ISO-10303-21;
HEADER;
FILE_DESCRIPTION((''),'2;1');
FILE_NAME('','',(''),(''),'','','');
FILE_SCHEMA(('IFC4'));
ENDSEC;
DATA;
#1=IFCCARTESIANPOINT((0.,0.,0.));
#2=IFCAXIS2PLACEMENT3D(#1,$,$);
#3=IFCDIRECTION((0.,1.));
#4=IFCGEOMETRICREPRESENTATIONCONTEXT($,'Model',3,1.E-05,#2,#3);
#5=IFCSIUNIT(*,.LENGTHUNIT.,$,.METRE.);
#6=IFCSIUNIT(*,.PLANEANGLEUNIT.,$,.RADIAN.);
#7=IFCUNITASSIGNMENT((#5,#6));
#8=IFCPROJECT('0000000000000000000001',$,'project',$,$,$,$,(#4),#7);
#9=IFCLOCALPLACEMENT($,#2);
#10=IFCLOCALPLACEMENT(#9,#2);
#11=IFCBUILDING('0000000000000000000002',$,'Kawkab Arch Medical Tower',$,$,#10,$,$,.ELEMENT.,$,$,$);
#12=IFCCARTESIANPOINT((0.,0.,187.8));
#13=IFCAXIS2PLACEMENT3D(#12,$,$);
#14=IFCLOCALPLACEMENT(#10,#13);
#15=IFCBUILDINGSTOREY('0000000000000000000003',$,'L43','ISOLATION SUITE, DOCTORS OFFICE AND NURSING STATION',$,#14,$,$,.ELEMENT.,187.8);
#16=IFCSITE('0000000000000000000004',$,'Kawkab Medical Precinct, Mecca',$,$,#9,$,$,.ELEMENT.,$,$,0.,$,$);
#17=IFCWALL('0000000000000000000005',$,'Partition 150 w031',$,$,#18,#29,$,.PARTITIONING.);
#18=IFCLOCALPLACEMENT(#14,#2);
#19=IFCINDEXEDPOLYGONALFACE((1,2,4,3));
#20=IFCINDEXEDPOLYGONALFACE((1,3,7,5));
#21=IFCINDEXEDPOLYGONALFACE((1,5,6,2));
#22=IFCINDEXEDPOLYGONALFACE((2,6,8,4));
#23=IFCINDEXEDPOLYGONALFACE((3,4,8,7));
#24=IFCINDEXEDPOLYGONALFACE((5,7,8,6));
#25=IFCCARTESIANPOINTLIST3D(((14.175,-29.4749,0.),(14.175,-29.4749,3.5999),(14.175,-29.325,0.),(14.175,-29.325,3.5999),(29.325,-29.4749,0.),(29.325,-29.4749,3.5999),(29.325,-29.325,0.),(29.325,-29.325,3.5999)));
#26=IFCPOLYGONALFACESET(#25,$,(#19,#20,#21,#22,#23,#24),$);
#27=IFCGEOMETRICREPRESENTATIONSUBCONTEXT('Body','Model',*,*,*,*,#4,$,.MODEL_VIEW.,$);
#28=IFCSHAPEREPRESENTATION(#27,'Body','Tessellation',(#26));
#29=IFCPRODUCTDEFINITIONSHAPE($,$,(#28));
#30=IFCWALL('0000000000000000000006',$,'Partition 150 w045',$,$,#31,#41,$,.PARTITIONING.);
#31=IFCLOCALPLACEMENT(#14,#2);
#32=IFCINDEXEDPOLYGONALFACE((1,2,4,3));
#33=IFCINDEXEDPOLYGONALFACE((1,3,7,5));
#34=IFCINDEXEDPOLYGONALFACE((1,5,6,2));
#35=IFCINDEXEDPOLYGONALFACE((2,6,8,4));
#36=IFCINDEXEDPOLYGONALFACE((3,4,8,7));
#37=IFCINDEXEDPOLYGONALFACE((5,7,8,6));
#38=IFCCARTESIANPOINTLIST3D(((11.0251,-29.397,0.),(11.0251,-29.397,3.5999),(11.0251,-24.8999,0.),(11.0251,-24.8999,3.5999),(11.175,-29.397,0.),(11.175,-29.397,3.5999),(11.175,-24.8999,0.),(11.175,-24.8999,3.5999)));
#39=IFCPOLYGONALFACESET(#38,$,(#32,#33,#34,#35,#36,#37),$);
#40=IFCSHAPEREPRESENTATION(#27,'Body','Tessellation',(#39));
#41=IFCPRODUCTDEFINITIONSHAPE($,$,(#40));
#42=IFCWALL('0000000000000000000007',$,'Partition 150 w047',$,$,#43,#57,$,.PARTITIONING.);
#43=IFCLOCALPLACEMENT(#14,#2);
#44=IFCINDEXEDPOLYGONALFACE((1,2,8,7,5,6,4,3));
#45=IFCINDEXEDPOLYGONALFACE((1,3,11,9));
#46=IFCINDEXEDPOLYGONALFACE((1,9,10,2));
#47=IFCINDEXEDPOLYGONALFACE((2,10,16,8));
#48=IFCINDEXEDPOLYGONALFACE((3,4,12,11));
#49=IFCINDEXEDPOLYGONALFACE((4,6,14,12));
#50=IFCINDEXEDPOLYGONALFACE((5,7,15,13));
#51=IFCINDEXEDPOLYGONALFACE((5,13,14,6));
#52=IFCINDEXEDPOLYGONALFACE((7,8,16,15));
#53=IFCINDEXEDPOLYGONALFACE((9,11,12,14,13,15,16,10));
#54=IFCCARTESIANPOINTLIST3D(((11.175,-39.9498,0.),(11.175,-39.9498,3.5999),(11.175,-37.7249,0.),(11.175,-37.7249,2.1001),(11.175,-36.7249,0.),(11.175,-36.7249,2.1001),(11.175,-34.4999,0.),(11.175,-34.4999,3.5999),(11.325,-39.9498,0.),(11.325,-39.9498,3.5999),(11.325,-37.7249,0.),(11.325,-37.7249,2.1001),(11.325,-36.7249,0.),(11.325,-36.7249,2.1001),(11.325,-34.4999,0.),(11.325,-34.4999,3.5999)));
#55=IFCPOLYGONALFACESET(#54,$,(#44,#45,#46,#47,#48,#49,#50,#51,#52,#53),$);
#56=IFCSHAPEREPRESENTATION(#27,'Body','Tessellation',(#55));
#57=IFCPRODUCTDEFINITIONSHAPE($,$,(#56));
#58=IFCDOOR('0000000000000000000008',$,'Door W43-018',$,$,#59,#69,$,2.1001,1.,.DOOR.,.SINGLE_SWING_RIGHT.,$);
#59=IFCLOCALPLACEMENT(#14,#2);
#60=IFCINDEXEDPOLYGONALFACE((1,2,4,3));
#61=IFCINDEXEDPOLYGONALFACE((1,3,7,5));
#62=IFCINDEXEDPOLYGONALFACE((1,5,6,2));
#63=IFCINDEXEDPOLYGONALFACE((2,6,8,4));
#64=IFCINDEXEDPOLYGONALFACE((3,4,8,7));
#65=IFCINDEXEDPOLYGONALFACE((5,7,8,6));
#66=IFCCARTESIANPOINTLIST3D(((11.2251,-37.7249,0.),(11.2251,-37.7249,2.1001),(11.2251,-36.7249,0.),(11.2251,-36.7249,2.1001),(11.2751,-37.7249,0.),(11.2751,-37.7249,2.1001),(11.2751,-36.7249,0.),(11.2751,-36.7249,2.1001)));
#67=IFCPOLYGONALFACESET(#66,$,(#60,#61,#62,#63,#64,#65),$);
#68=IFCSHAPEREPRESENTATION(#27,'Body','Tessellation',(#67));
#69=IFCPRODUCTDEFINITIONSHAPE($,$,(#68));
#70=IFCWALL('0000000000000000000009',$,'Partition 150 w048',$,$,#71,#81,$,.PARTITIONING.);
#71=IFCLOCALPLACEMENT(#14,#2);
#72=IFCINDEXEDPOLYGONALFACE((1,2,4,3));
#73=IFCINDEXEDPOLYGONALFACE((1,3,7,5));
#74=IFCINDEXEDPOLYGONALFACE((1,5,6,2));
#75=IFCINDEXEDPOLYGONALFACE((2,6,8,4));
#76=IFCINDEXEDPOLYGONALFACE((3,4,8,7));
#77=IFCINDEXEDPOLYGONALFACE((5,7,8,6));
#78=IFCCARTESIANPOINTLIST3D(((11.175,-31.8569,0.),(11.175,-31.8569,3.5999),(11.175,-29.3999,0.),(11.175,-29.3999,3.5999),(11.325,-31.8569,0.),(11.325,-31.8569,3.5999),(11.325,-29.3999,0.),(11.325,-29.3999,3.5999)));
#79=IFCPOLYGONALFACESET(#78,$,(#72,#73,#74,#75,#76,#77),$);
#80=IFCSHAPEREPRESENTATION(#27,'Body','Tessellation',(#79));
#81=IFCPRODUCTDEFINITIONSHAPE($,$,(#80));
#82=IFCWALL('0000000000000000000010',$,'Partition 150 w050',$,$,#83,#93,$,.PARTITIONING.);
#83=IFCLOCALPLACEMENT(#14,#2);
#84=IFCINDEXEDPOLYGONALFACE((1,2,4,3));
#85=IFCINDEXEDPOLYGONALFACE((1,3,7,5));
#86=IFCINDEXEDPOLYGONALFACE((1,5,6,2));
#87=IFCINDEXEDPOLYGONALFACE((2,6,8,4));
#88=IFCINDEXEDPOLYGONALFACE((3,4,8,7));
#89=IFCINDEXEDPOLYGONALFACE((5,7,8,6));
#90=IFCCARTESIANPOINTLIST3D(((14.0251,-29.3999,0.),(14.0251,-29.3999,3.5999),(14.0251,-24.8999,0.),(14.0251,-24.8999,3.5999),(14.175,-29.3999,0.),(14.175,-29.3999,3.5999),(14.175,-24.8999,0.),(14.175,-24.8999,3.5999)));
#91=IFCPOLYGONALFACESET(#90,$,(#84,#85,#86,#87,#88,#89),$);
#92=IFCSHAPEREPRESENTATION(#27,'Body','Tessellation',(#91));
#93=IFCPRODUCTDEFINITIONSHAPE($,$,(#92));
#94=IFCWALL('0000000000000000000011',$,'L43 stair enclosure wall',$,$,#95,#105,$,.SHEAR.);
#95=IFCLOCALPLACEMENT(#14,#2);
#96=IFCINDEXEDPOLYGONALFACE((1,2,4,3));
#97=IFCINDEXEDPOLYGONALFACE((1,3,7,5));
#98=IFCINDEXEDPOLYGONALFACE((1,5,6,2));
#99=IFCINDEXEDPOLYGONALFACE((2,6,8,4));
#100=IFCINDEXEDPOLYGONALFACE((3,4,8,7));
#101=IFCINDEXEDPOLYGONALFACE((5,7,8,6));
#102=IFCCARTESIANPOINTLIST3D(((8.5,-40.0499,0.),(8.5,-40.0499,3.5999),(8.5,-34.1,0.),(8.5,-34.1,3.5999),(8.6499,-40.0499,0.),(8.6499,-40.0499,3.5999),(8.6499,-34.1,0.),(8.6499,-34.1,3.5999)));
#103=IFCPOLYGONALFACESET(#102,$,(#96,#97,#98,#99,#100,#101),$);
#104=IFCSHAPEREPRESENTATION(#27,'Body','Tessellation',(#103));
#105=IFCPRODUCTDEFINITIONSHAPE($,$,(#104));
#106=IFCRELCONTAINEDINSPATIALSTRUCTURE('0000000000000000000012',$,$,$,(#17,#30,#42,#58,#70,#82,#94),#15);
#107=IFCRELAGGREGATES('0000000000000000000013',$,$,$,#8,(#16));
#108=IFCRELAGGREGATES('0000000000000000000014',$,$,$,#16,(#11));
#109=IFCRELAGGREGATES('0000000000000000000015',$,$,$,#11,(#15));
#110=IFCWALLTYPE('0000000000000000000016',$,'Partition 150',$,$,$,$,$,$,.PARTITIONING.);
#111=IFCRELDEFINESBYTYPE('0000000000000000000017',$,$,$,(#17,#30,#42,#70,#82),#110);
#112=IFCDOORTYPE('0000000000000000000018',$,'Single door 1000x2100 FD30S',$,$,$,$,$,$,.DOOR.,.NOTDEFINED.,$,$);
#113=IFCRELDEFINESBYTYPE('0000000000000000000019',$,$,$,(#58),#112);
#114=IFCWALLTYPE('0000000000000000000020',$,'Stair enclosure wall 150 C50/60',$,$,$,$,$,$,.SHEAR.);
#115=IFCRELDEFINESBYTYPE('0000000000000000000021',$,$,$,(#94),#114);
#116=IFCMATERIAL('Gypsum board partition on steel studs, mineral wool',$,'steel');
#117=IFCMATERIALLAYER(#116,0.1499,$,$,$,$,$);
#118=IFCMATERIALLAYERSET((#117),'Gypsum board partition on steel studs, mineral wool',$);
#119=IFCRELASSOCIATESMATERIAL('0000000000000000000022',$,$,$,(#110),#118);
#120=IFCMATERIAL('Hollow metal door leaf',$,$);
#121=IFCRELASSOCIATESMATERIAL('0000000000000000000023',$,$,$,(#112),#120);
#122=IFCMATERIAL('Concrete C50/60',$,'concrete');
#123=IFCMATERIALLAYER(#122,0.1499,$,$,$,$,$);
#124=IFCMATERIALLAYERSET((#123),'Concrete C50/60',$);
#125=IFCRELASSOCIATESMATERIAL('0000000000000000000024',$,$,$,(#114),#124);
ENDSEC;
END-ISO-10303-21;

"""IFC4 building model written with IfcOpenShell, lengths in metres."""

from ifc_helpers import new_model, si_unit, direction, frame, frame_2d, origin, place, context, subcontext, project, spatial, rectangle, extrude, material, layer, layer_set, type_object, element, fill, save


model = new_model("IFC4")

# Units and contexts
model_context = context("Model", 3, precision=1e-05, world=origin(), true_north=direction((0.0, 1.0)))
body_context = subcontext(model_context, "Body", "Model", "MODEL_VIEW")
ifc_project = project(units=[si_unit("LENGTHUNIT", "METRE"), si_unit("PLANEANGLEUNIT", "RADIAN")], contexts=[model_context])

# Site, building, storey
site_placement = place(None, origin())
site = spatial("IfcSite", under=ifc_project, at=site_placement, Name="Kawkab Medical Precinct, Mecca", CompositionType="ELEMENT", RefElevation=0.0)
building_placement = place(site_placement, origin())
building = spatial("IfcBuilding", under=site, at=building_placement, Name="Kawkab Arch Medical Tower", CompositionType="ELEMENT")
storey_placement = place(building_placement, frame((0.0, 0.0, 187.8)))
storey = spatial("IfcBuildingStorey", under=building, at=storey_placement, Name="L43", Description="ISOLATION SUITE, DOCTORS OFFICE AND NURSING STATION", CompositionType="ELEMENT", Elevation=187.8)

# Walls
ifc_material_1 = material(Name="Gypsum board partition on steel studs, mineral wool", Category="steel")
ifc_layer_1 = layer(ifc_material_1, 0.1499)
ifc_layer_set_1 = layer_set([ifc_layer_1], Name="Gypsum board partition on steel studs, mineral wool")
wall_type_1 = type_object("IfcWallType", Name="Partition 150", PredefinedType="PARTITIONING", material=ifc_layer_set_1)
wall_1_placement = place(storey_placement, frame((14.175, -29.3999, 0.0), z_axis=(0.0, 0.0, 1.0), x_axis=(1.0, 0.0, 0.0)))
element("IfcWall", 1, at=wall_1_placement, inside=storey, type_object=wall_type_1, Name="Partition 150 w031", PredefinedType="PARTITIONING", context=body_context, shape_type="SweptSolid", body=[
    extrude(rectangle(XDim=15.1499, YDim=0.1499, at=frame_2d((7.575, 0.0))), origin(), (0.0, 0.0, 1.0), 3.5999),
])
wall_2_placement = place(storey_placement, frame((11.1001, -29.397, 0.0), z_axis=(0.0, 0.0, 1.0), x_axis=(0.0, 1.0, 0.0)))
element("IfcWall", 2, at=wall_2_placement, inside=storey, type_object=wall_type_1, Name="Partition 150 w045", PredefinedType="PARTITIONING", context=body_context, shape_type="SweptSolid", body=[
    extrude(rectangle(XDim=4.4971, YDim=0.1499, at=frame_2d((2.2485, 0.0))), origin(), (0.0, 0.0, 1.0), 3.5999),
])

# Wall, opening, door
wall_3_placement = place(storey_placement, frame((11.25, -39.95, 0.0), z_axis=(0.0, 0.0, 1.0), x_axis=(0.0, 1.0, 0.0)))
wall_3 = element("IfcWall", 3, at=wall_3_placement, inside=storey, type_object=wall_type_1, Name="Partition 150 w047", PredefinedType="PARTITIONING", context=body_context, shape_type="SweptSolid", body=[
    extrude(rectangle(XDim=5.45, YDim=0.1499, at=frame_2d((2.7251, 0.0))), origin(), (0.0, 0.0, 1.0), 3.5999),
])
opening_1_placement = place(wall_3_placement, frame((2.2251, 0.0, 0.0)))
opening_1 = element("IfcOpeningElement", 4, at=opening_1_placement, cuts=wall_3, PredefinedType="OPENING", context=body_context, shape_type="SweptSolid", body=[
    extrude(rectangle(XDim=1.0, YDim=2.1001, at=frame_2d((0.5, 1.05))), frame((0.0, 0.085, 0.0), z_axis=(0.0, -1.0, 0.0), x_axis=(1.0, 0.0, 0.0)), (0.0, 0.0, 1.0), 0.1699),
])
ifc_material_2 = material(Name="Hollow metal door leaf")
door_type_1 = type_object("IfcDoorType", Name="Single door 1000x2100 FD30S", OperationType="NOTDEFINED", PredefinedType="DOOR", material=ifc_material_2)
door_1_placement = place(opening_1_placement, origin())
door_1 = element("IfcDoor", 5, at=door_1_placement, inside=storey, type_object=door_type_1, Name="Door W43-018", OperationType="SINGLE_SWING_RIGHT", OverallHeight=2.1001, OverallWidth=1.0, PredefinedType="DOOR", context=body_context, shape_type="SweptSolid", body=[
    extrude(rectangle(XDim=1.0, YDim=2.1001, at=frame_2d((0.5, 1.05))), frame((0.0, 0.0249, 0.0), z_axis=(0.0, -1.0, 0.0), x_axis=(1.0, 0.0, 0.0)), (0.0, 0.0, 1.0), 0.05),
])
fill(opening_1, door_1)

# Walls
wall_4_placement = place(storey_placement, frame((11.25, -31.8569, 0.0), z_axis=(0.0, 0.0, 1.0), x_axis=(0.0, 1.0, 0.0)))
element("IfcWall", 6, at=wall_4_placement, inside=storey, type_object=wall_type_1, Name="Partition 150 w048", PredefinedType="PARTITIONING", context=body_context, shape_type="SweptSolid", body=[
    extrude(rectangle(XDim=2.457, YDim=0.1499, at=frame_2d((1.2285, 0.0))), origin(), (0.0, 0.0, 1.0), 3.5999),
])
wall_5_placement = place(storey_placement, frame((14.1001, -29.3999, 0.0), z_axis=(0.0, 0.0, 1.0), x_axis=(0.0, 1.0, 0.0)))
element("IfcWall", 7, at=wall_5_placement, inside=storey, type_object=wall_type_1, Name="Partition 150 w050", PredefinedType="PARTITIONING", context=body_context, shape_type="SweptSolid", body=[
    extrude(rectangle(XDim=4.5, YDim=0.1499, at=frame_2d((2.25, 0.0))), origin(), (0.0, 0.0, 1.0), 3.5999),
])
ifc_material_3 = material(Name="Concrete C50/60", Category="concrete")
ifc_layer_2 = layer(ifc_material_3, 0.1499)
ifc_layer_set_2 = layer_set([ifc_layer_2], Name="Concrete C50/60")
wall_type_2 = type_object("IfcWallType", Name="Stair enclosure wall 150 C50/60", PredefinedType="SHEAR", material=ifc_layer_set_2)
wall_6_placement = place(storey_placement, frame((8.575, -40.05, 0.0), z_axis=(0.0, 0.0, 1.0), x_axis=(0.0, 1.0, 0.0)))
element("IfcWall", 8, at=wall_6_placement, inside=storey, type_object=wall_type_2, Name="L43 stair enclosure wall", PredefinedType="SHEAR", context=body_context, shape_type="SweptSolid", body=[
    extrude(rectangle(XDim=5.95, YDim=0.1499, at=frame_2d((2.9751, 0.0))), origin(), (0.0, 0.0, 1.0), 3.5999),
])

save(model, "model.ifc")
